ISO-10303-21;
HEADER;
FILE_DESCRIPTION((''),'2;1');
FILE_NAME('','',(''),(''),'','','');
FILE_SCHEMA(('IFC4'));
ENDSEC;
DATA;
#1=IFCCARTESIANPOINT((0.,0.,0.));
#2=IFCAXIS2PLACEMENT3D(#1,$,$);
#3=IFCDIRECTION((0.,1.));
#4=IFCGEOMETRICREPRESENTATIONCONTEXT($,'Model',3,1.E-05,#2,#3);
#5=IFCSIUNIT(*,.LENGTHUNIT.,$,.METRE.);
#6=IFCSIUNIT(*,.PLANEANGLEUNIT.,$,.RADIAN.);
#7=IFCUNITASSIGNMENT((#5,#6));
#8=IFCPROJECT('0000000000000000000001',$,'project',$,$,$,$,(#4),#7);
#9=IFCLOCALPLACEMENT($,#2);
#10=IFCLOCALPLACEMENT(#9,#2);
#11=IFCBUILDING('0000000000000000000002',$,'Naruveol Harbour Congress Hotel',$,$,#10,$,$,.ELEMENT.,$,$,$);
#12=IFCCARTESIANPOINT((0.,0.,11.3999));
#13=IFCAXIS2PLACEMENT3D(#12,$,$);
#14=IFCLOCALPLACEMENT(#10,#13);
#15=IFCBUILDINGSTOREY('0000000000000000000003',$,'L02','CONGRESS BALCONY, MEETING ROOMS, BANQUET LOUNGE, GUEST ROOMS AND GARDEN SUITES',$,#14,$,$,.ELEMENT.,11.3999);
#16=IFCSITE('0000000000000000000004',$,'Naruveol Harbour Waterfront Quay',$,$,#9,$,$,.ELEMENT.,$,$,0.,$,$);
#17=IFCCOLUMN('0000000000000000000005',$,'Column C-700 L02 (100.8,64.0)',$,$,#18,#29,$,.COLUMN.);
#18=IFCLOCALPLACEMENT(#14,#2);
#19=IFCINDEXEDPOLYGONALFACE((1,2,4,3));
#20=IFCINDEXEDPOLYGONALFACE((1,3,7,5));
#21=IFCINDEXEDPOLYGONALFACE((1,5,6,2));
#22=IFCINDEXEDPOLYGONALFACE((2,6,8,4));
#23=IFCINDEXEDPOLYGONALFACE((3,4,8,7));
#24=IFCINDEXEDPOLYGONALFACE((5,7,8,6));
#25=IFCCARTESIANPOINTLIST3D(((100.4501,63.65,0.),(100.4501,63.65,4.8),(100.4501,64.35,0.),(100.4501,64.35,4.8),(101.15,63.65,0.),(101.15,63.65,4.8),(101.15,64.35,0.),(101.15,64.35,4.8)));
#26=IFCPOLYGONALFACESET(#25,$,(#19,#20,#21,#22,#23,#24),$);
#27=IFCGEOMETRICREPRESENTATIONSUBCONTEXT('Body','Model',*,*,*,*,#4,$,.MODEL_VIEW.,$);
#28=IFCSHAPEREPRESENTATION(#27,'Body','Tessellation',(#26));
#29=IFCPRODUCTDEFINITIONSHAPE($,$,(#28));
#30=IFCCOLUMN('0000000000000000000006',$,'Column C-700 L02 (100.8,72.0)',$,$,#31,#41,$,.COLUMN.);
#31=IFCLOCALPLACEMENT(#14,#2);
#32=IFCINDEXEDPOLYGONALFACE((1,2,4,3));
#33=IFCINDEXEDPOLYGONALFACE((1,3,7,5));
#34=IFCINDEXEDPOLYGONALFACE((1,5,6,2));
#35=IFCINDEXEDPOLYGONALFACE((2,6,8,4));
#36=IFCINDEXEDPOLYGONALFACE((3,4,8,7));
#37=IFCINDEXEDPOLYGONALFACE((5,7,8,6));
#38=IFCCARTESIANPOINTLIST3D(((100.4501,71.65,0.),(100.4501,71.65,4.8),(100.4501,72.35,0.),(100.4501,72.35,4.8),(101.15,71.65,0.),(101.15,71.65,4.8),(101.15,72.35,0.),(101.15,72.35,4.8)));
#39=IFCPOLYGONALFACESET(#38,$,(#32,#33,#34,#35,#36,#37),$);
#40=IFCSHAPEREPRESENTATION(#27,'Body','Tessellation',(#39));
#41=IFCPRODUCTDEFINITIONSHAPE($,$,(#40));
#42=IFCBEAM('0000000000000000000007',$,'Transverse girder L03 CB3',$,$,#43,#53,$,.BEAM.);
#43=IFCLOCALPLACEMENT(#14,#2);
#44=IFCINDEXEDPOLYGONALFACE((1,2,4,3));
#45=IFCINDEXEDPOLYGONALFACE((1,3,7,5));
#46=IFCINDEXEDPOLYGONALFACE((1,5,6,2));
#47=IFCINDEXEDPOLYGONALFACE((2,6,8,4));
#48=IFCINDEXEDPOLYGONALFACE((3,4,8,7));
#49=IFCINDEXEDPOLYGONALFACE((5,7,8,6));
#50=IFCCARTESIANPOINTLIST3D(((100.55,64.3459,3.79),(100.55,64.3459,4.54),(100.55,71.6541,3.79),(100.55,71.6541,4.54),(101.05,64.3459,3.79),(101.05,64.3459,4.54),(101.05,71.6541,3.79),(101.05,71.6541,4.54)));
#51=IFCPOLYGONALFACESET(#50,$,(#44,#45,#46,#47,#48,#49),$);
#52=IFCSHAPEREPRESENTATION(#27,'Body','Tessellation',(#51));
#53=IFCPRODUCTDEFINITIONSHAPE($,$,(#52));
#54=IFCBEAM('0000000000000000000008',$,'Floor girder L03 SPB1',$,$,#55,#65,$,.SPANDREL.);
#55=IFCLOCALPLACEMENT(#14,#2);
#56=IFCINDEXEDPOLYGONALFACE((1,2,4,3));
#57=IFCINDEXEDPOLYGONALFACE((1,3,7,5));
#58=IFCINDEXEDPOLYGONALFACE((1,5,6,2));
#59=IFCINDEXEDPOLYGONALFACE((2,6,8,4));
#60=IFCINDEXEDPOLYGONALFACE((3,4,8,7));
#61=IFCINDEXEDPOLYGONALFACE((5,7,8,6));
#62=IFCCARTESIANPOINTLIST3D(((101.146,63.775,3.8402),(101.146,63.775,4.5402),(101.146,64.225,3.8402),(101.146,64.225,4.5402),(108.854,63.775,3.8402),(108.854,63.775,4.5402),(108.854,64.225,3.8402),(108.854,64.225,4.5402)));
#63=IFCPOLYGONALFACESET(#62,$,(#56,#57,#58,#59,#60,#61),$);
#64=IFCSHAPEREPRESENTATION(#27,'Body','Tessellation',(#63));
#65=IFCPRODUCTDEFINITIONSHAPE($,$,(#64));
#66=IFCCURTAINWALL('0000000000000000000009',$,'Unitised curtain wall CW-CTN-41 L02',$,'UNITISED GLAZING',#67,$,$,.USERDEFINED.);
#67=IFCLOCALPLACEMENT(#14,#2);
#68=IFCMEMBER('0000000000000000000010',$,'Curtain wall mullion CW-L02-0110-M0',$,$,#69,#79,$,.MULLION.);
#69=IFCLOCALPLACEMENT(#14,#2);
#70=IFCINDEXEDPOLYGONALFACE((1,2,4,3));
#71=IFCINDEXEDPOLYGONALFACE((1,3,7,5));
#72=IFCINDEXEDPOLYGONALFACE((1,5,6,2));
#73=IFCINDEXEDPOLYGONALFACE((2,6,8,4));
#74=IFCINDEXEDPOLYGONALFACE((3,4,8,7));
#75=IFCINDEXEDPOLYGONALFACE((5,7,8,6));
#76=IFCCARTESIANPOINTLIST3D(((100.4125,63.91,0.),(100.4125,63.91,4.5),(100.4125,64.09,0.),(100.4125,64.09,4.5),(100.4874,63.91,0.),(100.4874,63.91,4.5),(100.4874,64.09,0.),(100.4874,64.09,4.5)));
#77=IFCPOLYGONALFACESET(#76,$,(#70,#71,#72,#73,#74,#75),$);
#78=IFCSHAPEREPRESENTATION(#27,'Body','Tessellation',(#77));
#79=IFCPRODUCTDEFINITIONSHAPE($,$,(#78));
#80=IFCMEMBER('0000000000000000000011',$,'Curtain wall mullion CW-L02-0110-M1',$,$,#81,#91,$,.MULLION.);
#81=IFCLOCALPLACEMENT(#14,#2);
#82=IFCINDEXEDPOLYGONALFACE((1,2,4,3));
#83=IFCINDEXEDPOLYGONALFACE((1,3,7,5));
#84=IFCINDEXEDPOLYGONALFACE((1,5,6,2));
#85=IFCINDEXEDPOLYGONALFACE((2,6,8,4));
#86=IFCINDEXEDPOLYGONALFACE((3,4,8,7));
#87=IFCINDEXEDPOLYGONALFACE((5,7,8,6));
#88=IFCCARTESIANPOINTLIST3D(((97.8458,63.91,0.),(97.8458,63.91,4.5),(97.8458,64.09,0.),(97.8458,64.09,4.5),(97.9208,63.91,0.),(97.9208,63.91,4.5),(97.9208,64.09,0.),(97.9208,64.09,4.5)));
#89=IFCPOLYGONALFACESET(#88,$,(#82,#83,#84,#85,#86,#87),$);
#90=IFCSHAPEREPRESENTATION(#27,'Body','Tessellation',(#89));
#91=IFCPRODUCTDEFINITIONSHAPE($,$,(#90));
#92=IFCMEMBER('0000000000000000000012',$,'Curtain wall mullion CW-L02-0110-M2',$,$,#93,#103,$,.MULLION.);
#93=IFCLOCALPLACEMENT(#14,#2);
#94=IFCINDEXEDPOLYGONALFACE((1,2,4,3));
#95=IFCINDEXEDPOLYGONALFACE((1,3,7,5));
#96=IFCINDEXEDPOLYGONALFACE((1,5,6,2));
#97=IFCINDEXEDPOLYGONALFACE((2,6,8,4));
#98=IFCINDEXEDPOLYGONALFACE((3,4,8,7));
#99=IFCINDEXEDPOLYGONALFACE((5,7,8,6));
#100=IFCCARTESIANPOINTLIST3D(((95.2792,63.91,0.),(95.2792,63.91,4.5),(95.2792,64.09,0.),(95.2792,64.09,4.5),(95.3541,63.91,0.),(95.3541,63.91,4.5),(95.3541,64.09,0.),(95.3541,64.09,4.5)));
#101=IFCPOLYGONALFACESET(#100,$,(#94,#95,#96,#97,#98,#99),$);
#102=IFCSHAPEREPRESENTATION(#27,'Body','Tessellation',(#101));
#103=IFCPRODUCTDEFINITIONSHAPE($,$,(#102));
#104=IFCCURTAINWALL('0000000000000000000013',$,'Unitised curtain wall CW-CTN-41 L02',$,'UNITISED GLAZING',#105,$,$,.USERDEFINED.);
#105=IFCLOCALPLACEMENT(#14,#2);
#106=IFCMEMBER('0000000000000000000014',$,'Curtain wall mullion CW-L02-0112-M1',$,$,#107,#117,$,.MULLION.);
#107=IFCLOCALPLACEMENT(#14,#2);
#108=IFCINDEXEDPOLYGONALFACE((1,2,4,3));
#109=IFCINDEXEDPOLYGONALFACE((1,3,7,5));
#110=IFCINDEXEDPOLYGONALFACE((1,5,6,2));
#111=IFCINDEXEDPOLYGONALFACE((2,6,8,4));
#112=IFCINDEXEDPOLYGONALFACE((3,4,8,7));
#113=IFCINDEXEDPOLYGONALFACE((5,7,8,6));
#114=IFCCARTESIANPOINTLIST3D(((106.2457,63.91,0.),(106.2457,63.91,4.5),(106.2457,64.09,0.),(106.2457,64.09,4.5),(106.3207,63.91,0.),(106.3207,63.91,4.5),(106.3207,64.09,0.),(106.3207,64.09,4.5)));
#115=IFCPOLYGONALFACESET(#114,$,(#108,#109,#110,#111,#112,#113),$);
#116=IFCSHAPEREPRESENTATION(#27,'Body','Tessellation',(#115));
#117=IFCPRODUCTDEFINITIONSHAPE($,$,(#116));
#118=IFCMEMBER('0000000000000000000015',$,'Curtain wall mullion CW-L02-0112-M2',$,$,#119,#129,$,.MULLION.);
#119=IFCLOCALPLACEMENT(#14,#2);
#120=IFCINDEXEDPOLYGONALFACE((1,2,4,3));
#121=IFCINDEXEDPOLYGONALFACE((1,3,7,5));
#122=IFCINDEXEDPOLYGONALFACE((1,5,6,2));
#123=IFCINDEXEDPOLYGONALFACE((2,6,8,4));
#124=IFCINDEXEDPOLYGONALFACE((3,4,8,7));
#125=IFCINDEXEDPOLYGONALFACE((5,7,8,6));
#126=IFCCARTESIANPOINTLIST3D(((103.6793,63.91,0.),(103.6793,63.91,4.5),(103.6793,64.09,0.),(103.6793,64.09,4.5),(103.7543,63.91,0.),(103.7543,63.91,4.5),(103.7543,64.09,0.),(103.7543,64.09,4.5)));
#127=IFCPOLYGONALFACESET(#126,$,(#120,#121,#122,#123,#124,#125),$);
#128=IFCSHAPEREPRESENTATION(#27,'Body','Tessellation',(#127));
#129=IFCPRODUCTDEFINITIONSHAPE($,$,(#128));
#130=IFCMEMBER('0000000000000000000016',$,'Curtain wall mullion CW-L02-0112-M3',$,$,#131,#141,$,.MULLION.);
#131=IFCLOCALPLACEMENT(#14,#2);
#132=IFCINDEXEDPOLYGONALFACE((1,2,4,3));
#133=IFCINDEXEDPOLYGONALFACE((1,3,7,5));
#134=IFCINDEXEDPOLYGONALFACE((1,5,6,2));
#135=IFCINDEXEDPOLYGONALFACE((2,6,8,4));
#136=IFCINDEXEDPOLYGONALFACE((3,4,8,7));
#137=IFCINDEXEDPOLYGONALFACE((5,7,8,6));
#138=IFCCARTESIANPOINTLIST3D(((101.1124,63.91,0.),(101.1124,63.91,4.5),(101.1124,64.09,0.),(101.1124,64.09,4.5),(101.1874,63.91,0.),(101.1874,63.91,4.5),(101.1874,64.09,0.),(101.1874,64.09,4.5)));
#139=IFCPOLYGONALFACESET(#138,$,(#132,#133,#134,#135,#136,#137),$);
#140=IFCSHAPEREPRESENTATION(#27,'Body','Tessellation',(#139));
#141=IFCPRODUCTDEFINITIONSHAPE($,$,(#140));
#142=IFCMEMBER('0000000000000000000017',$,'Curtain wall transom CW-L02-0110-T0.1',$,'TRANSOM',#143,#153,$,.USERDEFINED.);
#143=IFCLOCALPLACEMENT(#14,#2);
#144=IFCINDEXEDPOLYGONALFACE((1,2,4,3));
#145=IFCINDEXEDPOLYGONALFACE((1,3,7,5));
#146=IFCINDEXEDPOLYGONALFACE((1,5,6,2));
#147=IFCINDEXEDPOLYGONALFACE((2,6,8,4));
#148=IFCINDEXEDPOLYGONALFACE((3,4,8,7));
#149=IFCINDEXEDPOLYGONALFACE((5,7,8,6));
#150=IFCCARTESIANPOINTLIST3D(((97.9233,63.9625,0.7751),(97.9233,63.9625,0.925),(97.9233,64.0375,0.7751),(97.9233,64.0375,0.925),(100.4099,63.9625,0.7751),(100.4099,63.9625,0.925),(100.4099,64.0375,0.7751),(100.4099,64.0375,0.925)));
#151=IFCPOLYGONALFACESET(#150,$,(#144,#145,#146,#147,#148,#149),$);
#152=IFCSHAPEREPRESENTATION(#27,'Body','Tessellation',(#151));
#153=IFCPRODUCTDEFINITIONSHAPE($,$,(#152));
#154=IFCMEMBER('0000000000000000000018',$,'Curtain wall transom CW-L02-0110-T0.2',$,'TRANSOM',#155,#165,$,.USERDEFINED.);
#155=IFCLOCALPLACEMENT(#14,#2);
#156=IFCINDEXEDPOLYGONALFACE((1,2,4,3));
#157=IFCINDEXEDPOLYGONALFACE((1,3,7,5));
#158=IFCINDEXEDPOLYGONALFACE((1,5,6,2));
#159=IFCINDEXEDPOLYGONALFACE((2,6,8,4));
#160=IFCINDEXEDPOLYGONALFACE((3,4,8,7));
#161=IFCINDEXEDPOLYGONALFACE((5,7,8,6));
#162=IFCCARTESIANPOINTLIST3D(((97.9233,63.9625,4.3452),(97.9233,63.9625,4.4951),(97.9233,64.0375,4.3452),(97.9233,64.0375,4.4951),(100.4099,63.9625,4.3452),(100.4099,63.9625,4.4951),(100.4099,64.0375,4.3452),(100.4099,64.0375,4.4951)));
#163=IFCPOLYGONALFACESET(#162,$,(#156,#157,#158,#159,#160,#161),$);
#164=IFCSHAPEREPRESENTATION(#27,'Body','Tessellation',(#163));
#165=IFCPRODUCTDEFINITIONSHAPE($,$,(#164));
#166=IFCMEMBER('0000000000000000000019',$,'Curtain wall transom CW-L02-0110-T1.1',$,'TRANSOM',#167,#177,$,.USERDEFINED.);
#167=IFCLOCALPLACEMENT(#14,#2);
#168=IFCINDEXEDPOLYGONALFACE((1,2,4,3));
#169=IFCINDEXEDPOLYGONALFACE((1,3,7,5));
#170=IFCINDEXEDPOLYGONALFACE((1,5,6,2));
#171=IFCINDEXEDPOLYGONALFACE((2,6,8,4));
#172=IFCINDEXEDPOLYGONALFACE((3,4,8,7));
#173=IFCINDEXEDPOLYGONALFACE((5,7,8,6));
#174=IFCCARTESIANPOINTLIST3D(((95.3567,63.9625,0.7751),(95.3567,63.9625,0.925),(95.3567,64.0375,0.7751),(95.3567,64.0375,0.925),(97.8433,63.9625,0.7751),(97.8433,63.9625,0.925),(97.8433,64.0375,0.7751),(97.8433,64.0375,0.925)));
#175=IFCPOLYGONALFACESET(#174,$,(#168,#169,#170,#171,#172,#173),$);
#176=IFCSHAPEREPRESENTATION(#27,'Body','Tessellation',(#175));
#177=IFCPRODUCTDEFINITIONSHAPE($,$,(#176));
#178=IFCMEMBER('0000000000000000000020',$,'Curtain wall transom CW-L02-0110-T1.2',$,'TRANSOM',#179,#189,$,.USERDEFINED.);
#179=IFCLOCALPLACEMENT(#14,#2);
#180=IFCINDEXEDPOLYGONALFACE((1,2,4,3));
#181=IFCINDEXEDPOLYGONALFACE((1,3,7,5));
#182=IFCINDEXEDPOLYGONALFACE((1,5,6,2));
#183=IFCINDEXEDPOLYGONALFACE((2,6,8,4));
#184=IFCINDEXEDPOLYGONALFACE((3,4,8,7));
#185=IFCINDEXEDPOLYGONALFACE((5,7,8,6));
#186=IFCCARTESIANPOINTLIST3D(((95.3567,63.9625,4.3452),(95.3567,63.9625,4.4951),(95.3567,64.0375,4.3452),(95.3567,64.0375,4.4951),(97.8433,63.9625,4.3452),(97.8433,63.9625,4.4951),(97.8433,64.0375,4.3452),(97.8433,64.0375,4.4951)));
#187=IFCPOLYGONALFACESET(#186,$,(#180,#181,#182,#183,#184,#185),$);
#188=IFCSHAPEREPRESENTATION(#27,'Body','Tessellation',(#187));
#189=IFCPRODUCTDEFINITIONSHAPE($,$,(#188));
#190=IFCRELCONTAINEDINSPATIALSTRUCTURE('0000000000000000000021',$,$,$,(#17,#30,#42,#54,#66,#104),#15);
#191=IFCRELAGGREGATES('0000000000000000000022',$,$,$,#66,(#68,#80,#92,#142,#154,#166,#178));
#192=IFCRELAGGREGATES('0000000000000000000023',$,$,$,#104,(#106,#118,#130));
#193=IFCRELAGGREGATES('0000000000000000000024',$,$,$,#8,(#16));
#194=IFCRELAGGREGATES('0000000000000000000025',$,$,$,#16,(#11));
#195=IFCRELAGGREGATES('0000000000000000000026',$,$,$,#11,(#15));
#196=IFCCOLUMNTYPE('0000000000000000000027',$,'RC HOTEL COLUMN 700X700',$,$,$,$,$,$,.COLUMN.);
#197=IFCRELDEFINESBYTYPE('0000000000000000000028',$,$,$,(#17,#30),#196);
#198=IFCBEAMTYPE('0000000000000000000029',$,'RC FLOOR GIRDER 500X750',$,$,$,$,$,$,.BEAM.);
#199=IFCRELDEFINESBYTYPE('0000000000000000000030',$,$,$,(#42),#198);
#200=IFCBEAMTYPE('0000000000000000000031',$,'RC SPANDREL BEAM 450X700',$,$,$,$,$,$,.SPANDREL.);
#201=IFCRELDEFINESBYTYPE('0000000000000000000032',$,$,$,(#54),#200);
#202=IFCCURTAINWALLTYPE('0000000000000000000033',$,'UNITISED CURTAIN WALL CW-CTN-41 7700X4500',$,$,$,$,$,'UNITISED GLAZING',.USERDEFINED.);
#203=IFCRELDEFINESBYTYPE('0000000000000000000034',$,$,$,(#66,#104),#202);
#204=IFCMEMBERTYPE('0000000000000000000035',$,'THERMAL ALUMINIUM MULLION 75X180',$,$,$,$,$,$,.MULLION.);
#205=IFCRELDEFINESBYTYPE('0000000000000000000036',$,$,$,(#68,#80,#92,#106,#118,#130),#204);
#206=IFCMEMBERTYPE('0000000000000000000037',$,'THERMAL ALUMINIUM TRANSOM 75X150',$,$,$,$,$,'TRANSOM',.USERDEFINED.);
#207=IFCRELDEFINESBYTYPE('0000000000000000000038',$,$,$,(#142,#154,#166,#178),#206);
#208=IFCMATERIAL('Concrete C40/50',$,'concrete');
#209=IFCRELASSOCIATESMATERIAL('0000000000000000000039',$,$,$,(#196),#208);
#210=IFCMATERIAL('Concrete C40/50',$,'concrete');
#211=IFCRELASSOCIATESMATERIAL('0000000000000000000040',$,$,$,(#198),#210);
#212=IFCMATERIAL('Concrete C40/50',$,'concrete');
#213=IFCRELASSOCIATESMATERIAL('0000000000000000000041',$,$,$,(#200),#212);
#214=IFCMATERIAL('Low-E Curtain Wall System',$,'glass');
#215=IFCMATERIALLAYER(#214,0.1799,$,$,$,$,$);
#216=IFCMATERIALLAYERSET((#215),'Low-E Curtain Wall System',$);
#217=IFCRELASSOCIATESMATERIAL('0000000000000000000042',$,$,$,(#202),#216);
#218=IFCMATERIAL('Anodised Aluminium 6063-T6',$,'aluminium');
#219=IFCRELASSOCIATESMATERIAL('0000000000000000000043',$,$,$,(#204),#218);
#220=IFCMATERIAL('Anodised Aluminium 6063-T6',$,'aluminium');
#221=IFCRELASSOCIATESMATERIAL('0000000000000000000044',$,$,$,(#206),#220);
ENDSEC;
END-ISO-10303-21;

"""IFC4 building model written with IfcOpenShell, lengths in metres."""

from ifc_helpers import new_model, si_unit, direction, frame, origin, origin_2d, place, context, subcontext, project, spatial, rectangle, extrude, material, layer, layer_set, material_profile, profile_set, type_object, element, aggregate, save


model = new_model("IFC4")

# Units and contexts
model_context = context("Model", 3, precision=1e-05, world=origin(), true_north=direction((0.0, 1.0)))
body_context = subcontext(model_context, "Body", "Model", "MODEL_VIEW")
ifc_project = project(units=[si_unit("LENGTHUNIT", "METRE"), si_unit("PLANEANGLEUNIT", "RADIAN")], contexts=[model_context])

# Site, building, storey
site_placement = place(None, origin())
site = spatial("IfcSite", under=ifc_project, at=site_placement, Name="Naruveol Harbour Waterfront Quay", CompositionType="ELEMENT", RefElevation=0.0)
building_placement = place(site_placement, origin())
building = spatial("IfcBuilding", under=site, at=building_placement, Name="Naruveol Harbour Congress Hotel", CompositionType="ELEMENT")
storey_placement = place(building_placement, frame((0.0, 0.0, 11.3999)))
storey = spatial("IfcBuildingStorey", under=building, at=storey_placement, Name="L02", Description="CONGRESS BALCONY, MEETING ROOMS, BANQUET LOUNGE, GUEST ROOMS AND GARDEN SUITES", CompositionType="ELEMENT", Elevation=11.3999)

# Columns
ifc_material_1 = material(Name="Concrete C40/50", Category="concrete")
ifc_material_profile_1 = material_profile(ifc_material_1, rectangle(XDim=0.7, YDim=0.7, at=origin_2d()), Name="RC-700x700")
ifc_profile_set_1 = profile_set([ifc_material_profile_1], Name="Concrete C40/50")
column_type = type_object("IfcColumnType", Name="RC HOTEL COLUMN 700X700", PredefinedType="COLUMN", material=ifc_profile_set_1)
for number, where, z_axis, x_axis, name in (
    (1, (100.8, 64.0, 0.0), (0.0, 0.0, 1.0), (1.0, 0.0, 0.0), "Column C-700 L02 (100.8,64.0)"),
    (2, (100.8, 72.0, 0.0), (0.0, 0.0, 1.0), (1.0, 0.0, 0.0), "Column C-700 L02 (100.8,72.0)"),
):
    element("IfcColumn", number, at=place(storey_placement, frame(where, z_axis=z_axis, x_axis=x_axis)), inside=storey, type_object=column_type, Name=name, PredefinedType="COLUMN", context=body_context, shape_type="SweptSolid", body=[
        extrude(rectangle(XDim=0.7, YDim=0.7, at=origin_2d()), origin(), (0.0, 0.0, 1.0), 4.8),
    ])

# Beams
ifc_material_2 = material(Name="Concrete C40/50", Category="concrete")
ifc_material_profile_2 = material_profile(ifc_material_2, rectangle(XDim=0.5, YDim=0.75, at=origin_2d()), Name="RCB-500x750")
ifc_profile_set_2 = profile_set([ifc_material_profile_2], Name="Concrete C40/50")
beam_type_1 = type_object("IfcBeamType", Name="RC FLOOR GIRDER 500X750", PredefinedType="BEAM", material=ifc_profile_set_2)
beam_1_placement = place(storey_placement, frame((100.8, 64.3459, 4.165), z_axis=(0.0, 1.0, 0.0), x_axis=(-1.0, 0.0, 0.0)))
element("IfcBeam", 3, at=beam_1_placement, inside=storey, type_object=beam_type_1, Name="Transverse girder L03 CB3", PredefinedType="BEAM", context=body_context, shape_type="SweptSolid", body=[
    extrude(rectangle(XDim=0.5, YDim=0.75, at=origin_2d()), origin(), (0.0, 0.0, 1.0), 7.3081),
])
ifc_material_3 = material(Name="Concrete C40/50", Category="concrete")
ifc_material_profile_3 = material_profile(ifc_material_3, rectangle(XDim=0.45, YDim=0.7, at=origin_2d()), Name="RCB-450x700")
ifc_profile_set_3 = profile_set([ifc_material_profile_3], Name="Concrete C40/50")
beam_type_2 = type_object("IfcBeamType", Name="RC SPANDREL BEAM 450X700", PredefinedType="SPANDREL", material=ifc_profile_set_3)
beam_2_placement = place(storey_placement, frame((101.146, 64.0, 4.1902), z_axis=(1.0, 0.0, 0.0), x_axis=(0.0, 1.0, 0.0)))
element("IfcBeam", 4, at=beam_2_placement, inside=storey, type_object=beam_type_2, Name="Floor girder L03 SPB1", PredefinedType="SPANDREL", context=body_context, shape_type="SweptSolid", body=[
    extrude(rectangle(XDim=0.45, YDim=0.7, at=origin_2d()), origin(), (0.0, 0.0, 1.0), 7.708),
])

# Curtain walls, members
ifc_material_4 = material(Name="Low-E Curtain Wall System", Category="glass")
ifc_layer_1 = layer(ifc_material_4, 0.1799)
ifc_layer_set_1 = layer_set([ifc_layer_1], Name="Low-E Curtain Wall System")
curtain_wall_type = type_object("IfcCurtainWallType", Name="UNITISED CURTAIN WALL CW-CTN-41 7700X4500", ElementType="UNITISED GLAZING", PredefinedType="USERDEFINED", material=ifc_layer_set_1)
curtain_wall_1_placement = place(storey_placement, origin())
curtain_wall_1 = element("IfcCurtainWall", 5, at=curtain_wall_1_placement, inside=storey, type_object=curtain_wall_type, Name="Unitised curtain wall CW-CTN-41 L02", ObjectType="UNITISED GLAZING", PredefinedType="USERDEFINED")
ifc_material_5 = material(Name="Anodised Aluminium 6063-T6", Category="aluminium")
ifc_material_profile_4 = material_profile(ifc_material_5, rectangle(XDim=0.075, YDim=0.1799, at=origin_2d()), Name="ALU-75x180")
ifc_profile_set_4 = profile_set([ifc_material_profile_4], Name="Anodised Aluminium 6063-T6")
member_type_1 = type_object("IfcMemberType", Name="THERMAL ALUMINIUM MULLION 75X180", PredefinedType="MULLION", material=ifc_profile_set_4)
member_1_placement = place(storey_placement, frame((100.45, 64.0, 0.0), z_axis=(0.0, 0.0, 1.0), x_axis=(1.0, 0.0, 0.0)))
member_1 = element("IfcMember", 6, at=member_1_placement, type_object=member_type_1, Name="Curtain wall mullion CW-L02-0110-M0", PredefinedType="MULLION", context=body_context, shape_type="SweptSolid", body=[
    extrude(rectangle(XDim=0.075, YDim=0.1799, at=origin_2d()), origin(), (0.0, 0.0, 1.0), 4.5),
])
member_2_placement = place(storey_placement, frame((97.8833, 64.0, 0.0), z_axis=(0.0, 0.0, 1.0), x_axis=(1.0, 0.0, 0.0)))
member_2 = element("IfcMember", 7, at=member_2_placement, type_object=member_type_1, Name="Curtain wall mullion CW-L02-0110-M1", PredefinedType="MULLION", context=body_context, shape_type="SweptSolid", body=[
    extrude(rectangle(XDim=0.075, YDim=0.1799, at=origin_2d()), origin(), (0.0, 0.0, 1.0), 4.5),
])
member_3_placement = place(storey_placement, frame((95.3167, 64.0, 0.0), z_axis=(0.0, 0.0, 1.0), x_axis=(1.0, 0.0, 0.0)))
member_3 = element("IfcMember", 8, at=member_3_placement, type_object=member_type_1, Name="Curtain wall mullion CW-L02-0110-M2", PredefinedType="MULLION", context=body_context, shape_type="SweptSolid", body=[
    extrude(rectangle(XDim=0.075, YDim=0.1799, at=origin_2d()), origin(), (0.0, 0.0, 1.0), 4.5),
])
curtain_wall_2_placement = place(storey_placement, origin())
curtain_wall_2 = element("IfcCurtainWall", 9, at=curtain_wall_2_placement, inside=storey, type_object=curtain_wall_type, Name="Unitised curtain wall CW-CTN-41 L02", ObjectType="UNITISED GLAZING", PredefinedType="USERDEFINED")
member_4_placement = place(storey_placement, frame((106.2832, 64.0, 0.0), z_axis=(0.0, 0.0, 1.0), x_axis=(1.0, 0.0, 0.0)))
member_4 = element("IfcMember", 10, at=member_4_placement, type_object=member_type_1, Name="Curtain wall mullion CW-L02-0112-M1", PredefinedType="MULLION", context=body_context, shape_type="SweptSolid", body=[
    extrude(rectangle(XDim=0.075, YDim=0.1799, at=origin_2d()), origin(), (0.0, 0.0, 1.0), 4.5),
])
member_5_placement = place(storey_placement, frame((103.7168, 64.0, 0.0), z_axis=(0.0, 0.0, 1.0), x_axis=(1.0, 0.0, 0.0)))
member_5 = element("IfcMember", 11, at=member_5_placement, type_object=member_type_1, Name="Curtain wall mullion CW-L02-0112-M2", PredefinedType="MULLION", context=body_context, shape_type="SweptSolid", body=[
    extrude(rectangle(XDim=0.075, YDim=0.1799, at=origin_2d()), origin(), (0.0, 0.0, 1.0), 4.5),
])
member_6_placement = place(storey_placement, frame((101.1499, 64.0, 0.0), z_axis=(0.0, 0.0, 1.0), x_axis=(1.0, 0.0, 0.0)))
member_6 = element("IfcMember", 12, at=member_6_placement, type_object=member_type_1, Name="Curtain wall mullion CW-L02-0112-M3", PredefinedType="MULLION", context=body_context, shape_type="SweptSolid", body=[
    extrude(rectangle(XDim=0.075, YDim=0.1799, at=origin_2d()), origin(), (0.0, 0.0, 1.0), 4.5),
])

# Members
ifc_material_6 = material(Name="Anodised Aluminium 6063-T6", Category="aluminium")
ifc_material_profile_5 = material_profile(ifc_material_6, rectangle(XDim=0.075, YDim=0.1499, at=origin_2d()), Name="ALU-75x150")
ifc_profile_set_5 = profile_set([ifc_material_profile_5], Name="Anodised Aluminium 6063-T6")
member_type_2 = type_object("IfcMemberType", Name="THERMAL ALUMINIUM TRANSOM 75X150", ElementType="TRANSOM", PredefinedType="USERDEFINED", material=ifc_profile_set_5)
member_7_placement = place(storey_placement, frame((100.4099, 64.0, 0.8501), z_axis=(-1.0, 0.0, 0.0), x_axis=(0.0, -1.0, 0.0)))
member_7 = element("IfcMember", 13, at=member_7_placement, type_object=member_type_2, Name="Curtain wall transom CW-L02-0110-T0.1", ObjectType="TRANSOM", PredefinedType="USERDEFINED", context=body_context, shape_type="SweptSolid", body=[
    extrude(rectangle(XDim=0.075, YDim=0.1499, at=origin_2d()), origin(), (0.0, 0.0, 1.0), 2.4866),
])
member_8_placement = place(storey_placement, frame((100.4099, 64.0, 4.4202), z_axis=(-1.0, 0.0, 0.0), x_axis=(0.0, -1.0, 0.0)))
member_8 = element("IfcMember", 14, at=member_8_placement, type_object=member_type_2, Name="Curtain wall transom CW-L02-0110-T0.2", ObjectType="TRANSOM", PredefinedType="USERDEFINED", context=body_context, shape_type="SweptSolid", body=[
    extrude(rectangle(XDim=0.075, YDim=0.1499, at=origin_2d()), origin(), (0.0, 0.0, 1.0), 2.4866),
])
member_9_placement = place(storey_placement, frame((97.8433, 64.0, 0.8501), z_axis=(-1.0, 0.0, 0.0), x_axis=(0.0, -1.0, 0.0)))
member_9 = element("IfcMember", 15, at=member_9_placement, type_object=member_type_2, Name="Curtain wall transom CW-L02-0110-T1.1", ObjectType="TRANSOM", PredefinedType="USERDEFINED", context=body_context, shape_type="SweptSolid", body=[
    extrude(rectangle(XDim=0.075, YDim=0.1499, at=origin_2d()), origin(), (0.0, 0.0, 1.0), 2.4866),
])
member_10_placement = place(storey_placement, frame((97.8433, 64.0, 4.4202), z_axis=(-1.0, 0.0, 0.0), x_axis=(0.0, -1.0, 0.0)))
member_10 = element("IfcMember", 16, at=member_10_placement, type_object=member_type_2, Name="Curtain wall transom CW-L02-0110-T1.2", ObjectType="TRANSOM", PredefinedType="USERDEFINED", context=body_context, shape_type="SweptSolid", body=[
    extrude(rectangle(XDim=0.075, YDim=0.1499, at=origin_2d()), origin(), (0.0, 0.0, 1.0), 2.4866),
])

aggregate(curtain_wall_1, [member_1, member_2, member_3, member_7, member_8, member_9, member_10])
aggregate(curtain_wall_2, [member_4, member_5, member_6])

save(model, "model.ifc")
